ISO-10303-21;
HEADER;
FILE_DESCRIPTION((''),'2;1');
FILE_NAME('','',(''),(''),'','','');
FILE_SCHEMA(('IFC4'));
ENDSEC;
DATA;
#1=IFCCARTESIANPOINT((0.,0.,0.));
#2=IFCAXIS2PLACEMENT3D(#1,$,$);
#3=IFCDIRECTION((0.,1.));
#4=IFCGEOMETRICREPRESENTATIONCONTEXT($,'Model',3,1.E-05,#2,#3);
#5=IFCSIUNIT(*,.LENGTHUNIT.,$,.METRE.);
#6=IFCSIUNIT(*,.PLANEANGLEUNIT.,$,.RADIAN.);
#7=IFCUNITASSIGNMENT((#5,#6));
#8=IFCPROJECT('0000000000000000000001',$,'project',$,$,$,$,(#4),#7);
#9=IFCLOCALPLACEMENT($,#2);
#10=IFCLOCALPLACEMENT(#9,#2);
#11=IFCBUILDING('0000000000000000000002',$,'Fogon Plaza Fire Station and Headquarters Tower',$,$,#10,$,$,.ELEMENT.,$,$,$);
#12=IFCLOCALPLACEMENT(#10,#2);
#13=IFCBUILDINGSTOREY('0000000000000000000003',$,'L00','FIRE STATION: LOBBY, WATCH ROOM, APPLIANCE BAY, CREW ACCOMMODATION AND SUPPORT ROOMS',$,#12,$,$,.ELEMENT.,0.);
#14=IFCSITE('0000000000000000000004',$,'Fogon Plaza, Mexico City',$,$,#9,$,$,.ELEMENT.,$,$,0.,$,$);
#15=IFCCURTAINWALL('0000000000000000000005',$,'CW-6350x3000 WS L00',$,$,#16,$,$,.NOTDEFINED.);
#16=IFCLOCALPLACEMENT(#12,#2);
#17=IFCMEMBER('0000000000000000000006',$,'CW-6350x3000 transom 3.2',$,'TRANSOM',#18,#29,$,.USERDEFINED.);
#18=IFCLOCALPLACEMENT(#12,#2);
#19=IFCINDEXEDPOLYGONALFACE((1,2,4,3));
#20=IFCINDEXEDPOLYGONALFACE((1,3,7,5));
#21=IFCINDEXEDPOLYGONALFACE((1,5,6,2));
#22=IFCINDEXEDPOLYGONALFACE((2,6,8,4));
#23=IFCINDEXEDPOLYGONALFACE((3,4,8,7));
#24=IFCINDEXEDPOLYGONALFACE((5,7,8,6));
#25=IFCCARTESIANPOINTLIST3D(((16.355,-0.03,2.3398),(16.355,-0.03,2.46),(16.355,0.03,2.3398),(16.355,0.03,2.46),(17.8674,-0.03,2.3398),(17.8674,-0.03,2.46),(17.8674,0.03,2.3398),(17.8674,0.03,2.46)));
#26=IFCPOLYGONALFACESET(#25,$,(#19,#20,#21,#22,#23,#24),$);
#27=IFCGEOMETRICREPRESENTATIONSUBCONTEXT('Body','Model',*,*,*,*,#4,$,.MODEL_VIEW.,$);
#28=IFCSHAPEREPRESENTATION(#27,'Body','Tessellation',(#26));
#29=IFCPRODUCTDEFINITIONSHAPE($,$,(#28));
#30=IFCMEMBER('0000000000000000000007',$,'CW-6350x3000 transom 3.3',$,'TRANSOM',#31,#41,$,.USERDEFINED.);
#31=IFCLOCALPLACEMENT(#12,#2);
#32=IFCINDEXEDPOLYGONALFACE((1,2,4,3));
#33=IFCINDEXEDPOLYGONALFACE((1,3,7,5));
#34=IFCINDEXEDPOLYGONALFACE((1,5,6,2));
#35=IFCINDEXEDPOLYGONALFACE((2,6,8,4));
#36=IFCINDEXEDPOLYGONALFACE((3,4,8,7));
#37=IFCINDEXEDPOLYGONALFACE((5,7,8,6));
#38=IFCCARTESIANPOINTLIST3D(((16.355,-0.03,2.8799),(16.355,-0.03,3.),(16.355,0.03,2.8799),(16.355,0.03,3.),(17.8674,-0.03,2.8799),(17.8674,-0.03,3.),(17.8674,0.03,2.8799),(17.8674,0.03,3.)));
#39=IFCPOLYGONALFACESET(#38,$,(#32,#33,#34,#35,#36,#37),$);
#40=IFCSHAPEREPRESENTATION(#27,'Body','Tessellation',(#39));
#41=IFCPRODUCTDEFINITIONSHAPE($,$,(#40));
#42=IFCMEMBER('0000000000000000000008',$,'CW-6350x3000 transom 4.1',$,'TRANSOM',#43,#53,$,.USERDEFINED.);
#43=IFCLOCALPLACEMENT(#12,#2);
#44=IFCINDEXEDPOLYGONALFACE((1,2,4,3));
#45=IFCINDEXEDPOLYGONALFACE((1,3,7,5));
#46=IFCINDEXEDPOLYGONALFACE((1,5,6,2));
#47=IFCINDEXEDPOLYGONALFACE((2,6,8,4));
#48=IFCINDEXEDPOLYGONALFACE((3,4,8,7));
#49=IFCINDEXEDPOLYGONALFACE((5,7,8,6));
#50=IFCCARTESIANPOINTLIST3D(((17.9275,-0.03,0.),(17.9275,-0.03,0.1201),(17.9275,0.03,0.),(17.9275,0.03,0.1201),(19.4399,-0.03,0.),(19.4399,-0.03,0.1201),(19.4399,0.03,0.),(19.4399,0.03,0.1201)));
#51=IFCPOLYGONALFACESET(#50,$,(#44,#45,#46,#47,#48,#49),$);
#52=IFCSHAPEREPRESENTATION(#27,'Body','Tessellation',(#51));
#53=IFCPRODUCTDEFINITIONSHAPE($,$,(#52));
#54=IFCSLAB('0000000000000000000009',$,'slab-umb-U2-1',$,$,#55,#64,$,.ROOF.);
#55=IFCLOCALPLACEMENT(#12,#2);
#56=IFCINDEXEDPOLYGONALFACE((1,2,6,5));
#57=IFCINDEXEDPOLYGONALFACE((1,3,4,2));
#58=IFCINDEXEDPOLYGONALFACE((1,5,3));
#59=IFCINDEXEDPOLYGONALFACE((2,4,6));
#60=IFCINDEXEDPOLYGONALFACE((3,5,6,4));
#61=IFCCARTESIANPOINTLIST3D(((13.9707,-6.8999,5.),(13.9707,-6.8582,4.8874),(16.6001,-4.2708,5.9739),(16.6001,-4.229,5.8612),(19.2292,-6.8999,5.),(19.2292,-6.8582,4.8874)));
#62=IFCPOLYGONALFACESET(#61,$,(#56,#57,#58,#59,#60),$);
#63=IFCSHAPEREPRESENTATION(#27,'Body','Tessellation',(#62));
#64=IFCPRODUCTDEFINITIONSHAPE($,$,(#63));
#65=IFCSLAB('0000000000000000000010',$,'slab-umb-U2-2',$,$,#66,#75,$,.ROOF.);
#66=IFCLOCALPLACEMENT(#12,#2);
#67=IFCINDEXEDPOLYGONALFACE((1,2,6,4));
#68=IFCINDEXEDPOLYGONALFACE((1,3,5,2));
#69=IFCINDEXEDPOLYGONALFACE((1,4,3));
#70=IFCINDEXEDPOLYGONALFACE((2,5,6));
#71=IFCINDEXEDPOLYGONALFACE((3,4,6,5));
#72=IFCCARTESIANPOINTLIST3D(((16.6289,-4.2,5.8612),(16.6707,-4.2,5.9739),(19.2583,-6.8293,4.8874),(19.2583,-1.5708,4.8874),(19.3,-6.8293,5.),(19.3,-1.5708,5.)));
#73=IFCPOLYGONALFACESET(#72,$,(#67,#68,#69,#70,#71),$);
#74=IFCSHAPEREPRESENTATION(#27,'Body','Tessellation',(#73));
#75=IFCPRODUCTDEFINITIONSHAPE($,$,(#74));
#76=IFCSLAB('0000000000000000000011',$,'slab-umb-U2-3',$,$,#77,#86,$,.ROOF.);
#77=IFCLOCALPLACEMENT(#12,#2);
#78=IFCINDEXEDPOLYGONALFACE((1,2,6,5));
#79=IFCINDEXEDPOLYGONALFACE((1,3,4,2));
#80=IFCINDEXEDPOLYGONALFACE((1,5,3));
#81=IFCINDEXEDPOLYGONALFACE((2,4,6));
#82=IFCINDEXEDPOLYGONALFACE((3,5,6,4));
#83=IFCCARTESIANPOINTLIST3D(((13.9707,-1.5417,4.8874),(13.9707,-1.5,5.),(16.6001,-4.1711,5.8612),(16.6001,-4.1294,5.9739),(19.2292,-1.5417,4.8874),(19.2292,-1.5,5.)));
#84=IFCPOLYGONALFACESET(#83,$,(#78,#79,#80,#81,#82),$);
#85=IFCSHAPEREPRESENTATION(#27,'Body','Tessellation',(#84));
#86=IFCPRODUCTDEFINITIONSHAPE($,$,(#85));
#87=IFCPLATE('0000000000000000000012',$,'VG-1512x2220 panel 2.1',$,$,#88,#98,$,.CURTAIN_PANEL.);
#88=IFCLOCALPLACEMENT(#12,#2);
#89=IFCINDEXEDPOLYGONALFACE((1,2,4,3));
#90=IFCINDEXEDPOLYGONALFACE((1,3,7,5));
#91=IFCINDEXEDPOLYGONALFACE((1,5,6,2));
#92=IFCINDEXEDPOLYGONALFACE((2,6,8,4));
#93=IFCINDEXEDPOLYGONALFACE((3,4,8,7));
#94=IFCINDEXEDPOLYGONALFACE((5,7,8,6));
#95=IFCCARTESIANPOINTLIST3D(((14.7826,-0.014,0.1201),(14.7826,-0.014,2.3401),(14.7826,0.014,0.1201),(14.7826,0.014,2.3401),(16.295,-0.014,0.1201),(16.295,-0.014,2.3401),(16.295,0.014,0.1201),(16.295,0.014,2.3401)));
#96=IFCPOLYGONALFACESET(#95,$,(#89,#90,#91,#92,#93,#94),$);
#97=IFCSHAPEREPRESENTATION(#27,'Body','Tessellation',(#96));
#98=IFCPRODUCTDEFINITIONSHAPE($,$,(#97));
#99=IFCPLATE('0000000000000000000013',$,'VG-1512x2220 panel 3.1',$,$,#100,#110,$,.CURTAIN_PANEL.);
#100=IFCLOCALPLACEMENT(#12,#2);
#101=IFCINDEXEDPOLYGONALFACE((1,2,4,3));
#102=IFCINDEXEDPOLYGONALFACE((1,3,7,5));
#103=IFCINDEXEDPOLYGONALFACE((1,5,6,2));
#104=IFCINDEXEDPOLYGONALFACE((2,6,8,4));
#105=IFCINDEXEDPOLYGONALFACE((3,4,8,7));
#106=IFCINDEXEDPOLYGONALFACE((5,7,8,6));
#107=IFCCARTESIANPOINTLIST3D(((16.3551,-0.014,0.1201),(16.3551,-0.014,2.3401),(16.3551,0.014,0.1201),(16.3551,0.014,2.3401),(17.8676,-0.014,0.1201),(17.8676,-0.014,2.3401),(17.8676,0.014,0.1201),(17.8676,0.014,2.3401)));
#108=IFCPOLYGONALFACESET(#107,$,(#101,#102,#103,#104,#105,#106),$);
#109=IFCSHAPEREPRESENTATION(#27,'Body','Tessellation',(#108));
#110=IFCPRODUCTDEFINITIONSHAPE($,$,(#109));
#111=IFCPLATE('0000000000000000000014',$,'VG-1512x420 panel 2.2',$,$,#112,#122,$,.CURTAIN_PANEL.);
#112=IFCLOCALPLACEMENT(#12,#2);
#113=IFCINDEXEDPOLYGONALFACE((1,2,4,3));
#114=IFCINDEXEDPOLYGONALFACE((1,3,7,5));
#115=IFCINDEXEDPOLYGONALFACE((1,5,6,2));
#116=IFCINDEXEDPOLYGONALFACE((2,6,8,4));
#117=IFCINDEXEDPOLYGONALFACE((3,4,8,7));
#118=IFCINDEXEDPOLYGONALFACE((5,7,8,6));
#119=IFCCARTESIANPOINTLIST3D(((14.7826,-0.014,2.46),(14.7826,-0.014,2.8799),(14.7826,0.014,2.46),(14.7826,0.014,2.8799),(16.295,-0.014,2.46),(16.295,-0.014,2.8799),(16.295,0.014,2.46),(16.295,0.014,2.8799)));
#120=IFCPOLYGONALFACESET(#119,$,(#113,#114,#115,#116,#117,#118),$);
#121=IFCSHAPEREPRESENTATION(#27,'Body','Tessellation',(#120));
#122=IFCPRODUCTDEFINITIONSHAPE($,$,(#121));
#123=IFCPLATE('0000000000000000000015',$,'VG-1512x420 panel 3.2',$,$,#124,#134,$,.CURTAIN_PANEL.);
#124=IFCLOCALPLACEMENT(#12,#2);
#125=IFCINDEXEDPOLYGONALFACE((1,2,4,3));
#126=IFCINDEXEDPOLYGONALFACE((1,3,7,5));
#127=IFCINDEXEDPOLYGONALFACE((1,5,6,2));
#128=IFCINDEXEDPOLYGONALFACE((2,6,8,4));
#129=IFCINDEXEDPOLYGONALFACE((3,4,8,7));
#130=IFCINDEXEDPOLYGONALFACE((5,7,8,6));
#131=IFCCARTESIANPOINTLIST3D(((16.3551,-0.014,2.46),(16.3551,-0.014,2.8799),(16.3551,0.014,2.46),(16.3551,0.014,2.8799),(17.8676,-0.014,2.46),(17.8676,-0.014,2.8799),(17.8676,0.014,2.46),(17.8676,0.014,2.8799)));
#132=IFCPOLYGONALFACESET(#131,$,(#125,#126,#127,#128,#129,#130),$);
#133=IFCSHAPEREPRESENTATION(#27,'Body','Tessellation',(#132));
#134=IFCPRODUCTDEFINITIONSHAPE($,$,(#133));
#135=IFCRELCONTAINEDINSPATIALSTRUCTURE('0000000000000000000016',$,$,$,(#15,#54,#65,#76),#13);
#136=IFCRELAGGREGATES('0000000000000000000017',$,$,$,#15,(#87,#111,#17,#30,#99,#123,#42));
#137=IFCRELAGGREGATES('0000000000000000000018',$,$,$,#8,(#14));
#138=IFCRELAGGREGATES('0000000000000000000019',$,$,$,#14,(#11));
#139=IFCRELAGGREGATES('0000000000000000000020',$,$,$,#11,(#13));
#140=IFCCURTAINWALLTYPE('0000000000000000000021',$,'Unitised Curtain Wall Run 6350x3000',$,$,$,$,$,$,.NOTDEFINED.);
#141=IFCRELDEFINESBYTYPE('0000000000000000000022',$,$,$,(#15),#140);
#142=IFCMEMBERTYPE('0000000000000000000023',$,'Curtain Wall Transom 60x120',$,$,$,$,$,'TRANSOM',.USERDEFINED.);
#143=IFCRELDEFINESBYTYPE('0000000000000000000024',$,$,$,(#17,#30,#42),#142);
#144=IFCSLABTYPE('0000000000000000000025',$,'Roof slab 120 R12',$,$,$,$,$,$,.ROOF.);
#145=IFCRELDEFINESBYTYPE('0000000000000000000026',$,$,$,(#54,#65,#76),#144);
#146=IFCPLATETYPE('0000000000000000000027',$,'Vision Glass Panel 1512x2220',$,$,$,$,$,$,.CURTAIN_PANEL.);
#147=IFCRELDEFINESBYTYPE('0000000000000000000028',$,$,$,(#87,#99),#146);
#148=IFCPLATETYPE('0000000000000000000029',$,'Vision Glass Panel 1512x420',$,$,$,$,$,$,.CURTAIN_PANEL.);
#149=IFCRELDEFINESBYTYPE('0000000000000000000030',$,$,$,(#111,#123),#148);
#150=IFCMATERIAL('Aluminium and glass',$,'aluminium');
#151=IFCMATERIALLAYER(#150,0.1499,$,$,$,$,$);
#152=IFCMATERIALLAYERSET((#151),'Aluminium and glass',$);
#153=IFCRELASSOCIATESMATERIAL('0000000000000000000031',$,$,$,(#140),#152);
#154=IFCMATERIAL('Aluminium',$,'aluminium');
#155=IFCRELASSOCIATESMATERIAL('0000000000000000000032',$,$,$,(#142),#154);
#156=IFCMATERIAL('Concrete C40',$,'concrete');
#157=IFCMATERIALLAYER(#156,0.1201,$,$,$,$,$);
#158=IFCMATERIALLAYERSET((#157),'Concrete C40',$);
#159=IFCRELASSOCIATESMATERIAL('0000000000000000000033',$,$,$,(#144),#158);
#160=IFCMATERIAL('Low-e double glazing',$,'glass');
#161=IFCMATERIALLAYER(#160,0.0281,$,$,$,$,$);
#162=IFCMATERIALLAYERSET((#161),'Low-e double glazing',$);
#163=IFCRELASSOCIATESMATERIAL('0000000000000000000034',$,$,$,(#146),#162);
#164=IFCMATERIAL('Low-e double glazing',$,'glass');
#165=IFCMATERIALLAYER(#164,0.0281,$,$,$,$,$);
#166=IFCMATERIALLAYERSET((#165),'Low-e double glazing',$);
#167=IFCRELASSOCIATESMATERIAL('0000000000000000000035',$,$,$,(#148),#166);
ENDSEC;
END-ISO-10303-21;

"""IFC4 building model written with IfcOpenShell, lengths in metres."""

from ifc_helpers import new_model, si_unit, direction, frame, origin, origin_2d, place, context, subcontext, project, spatial, polyline, rectangle, outline, extrude, material, layer, layer_set, material_profile, profile_set, type_object, element, aggregate, save


model = new_model("IFC4")

# Units and contexts
model_context = context("Model", 3, precision=1e-05, world=origin(), true_north=direction((0.0, 1.0)))
body_context = subcontext(model_context, "Body", "Model", "MODEL_VIEW")
ifc_project = project(units=[si_unit("LENGTHUNIT", "METRE"), si_unit("PLANEANGLEUNIT", "RADIAN")], contexts=[model_context])

# Site, building, storey
site_placement = place(None, origin())
site = spatial("IfcSite", under=ifc_project, at=site_placement, Name="Fogon Plaza, Mexico City", CompositionType="ELEMENT", RefElevation=0.0)
building_placement = place(site_placement, origin())
building = spatial("IfcBuilding", under=site, at=building_placement, Name="Fogon Plaza Fire Station and Headquarters Tower", CompositionType="ELEMENT")
storey_placement = place(building_placement, origin())
storey = spatial("IfcBuildingStorey", under=building, at=storey_placement, Name="L00", Description="FIRE STATION: LOBBY, WATCH ROOM, APPLIANCE BAY, CREW ACCOMMODATION AND SUPPORT ROOMS", CompositionType="ELEMENT", Elevation=0.0)

# Curtain wall, members
ifc_material_1 = material(Name="Aluminium and glass", Category="aluminium")
ifc_layer_1 = layer(ifc_material_1, 0.1499)
ifc_layer_set_1 = layer_set([ifc_layer_1], Name="Aluminium and glass")
curtain_wall_type = type_object("IfcCurtainWallType", Name="Unitised Curtain Wall Run 6350x3000", PredefinedType="NOTDEFINED", material=ifc_layer_set_1)
curtain_wall_placement = place(storey_placement, origin())
curtain_wall = element("IfcCurtainWall", 1, at=curtain_wall_placement, inside=storey, type_object=curtain_wall_type, Name="CW-6350x3000 WS L00", PredefinedType="NOTDEFINED")
ifc_material_2 = material(Name="Aluminium", Category="aluminium")
ifc_material_profile_1 = material_profile(ifc_material_2, rectangle(XDim=0.0601, YDim=0.1201, at=origin_2d()), Name="Curtain Wall Transom 60x120")
ifc_profile_set_1 = profile_set([ifc_material_profile_1], Name="Aluminium")
member_type_1 = type_object("IfcMemberType", Name="Curtain Wall Transom 60x120", ElementType="TRANSOM", PredefinedType="USERDEFINED", material=ifc_profile_set_1)
member_1_placement = place(storey_placement, frame((16.355, 0.0, 2.3999), z_axis=(1.0, 0.0, 0.0), x_axis=(0.0, 1.0, 0.0)))
member_1 = element("IfcMember", 2, at=member_1_placement, type_object=member_type_1, Name="CW-6350x3000 transom 3.2", ObjectType="TRANSOM", PredefinedType="USERDEFINED", context=body_context, shape_type="SweptSolid", body=[
    extrude(rectangle(XDim=0.0601, YDim=0.1201, at=origin_2d()), origin(), (0.0, 0.0, 1.0), 1.5125),
])
member_2_placement = place(storey_placement, frame((16.355, 0.0, 2.9399), z_axis=(1.0, 0.0, 0.0), x_axis=(0.0, 1.0, 0.0)))
member_2 = element("IfcMember", 3, at=member_2_placement, type_object=member_type_1, Name="CW-6350x3000 transom 3.3", ObjectType="TRANSOM", PredefinedType="USERDEFINED", context=body_context, shape_type="SweptSolid", body=[
    extrude(rectangle(XDim=0.0601, YDim=0.1201, at=origin_2d()), origin(), (0.0, 0.0, 1.0), 1.5125),
])
member_3_placement = place(storey_placement, frame((17.9275, 0.0, 0.0601), z_axis=(1.0, 0.0, 0.0), x_axis=(0.0, 1.0, 0.0)))
member_3 = element("IfcMember", 4, at=member_3_placement, type_object=member_type_1, Name="CW-6350x3000 transom 4.1", ObjectType="TRANSOM", PredefinedType="USERDEFINED", context=body_context, shape_type="SweptSolid", body=[
    extrude(rectangle(XDim=0.0601, YDim=0.1201, at=origin_2d()), origin(), (0.0, 0.0, 1.0), 1.5125),
])

# Slabs
ifc_material_3 = material(Name="Concrete C40", Category="concrete")
ifc_layer_2 = layer(ifc_material_3, 0.1201)
ifc_layer_set_2 = layer_set([ifc_layer_2], Name="Concrete C40")
slab_type = type_object("IfcSlabType", Name="Roof slab 120 R12", PredefinedType="ROOF", material=ifc_layer_set_2)
slab_1_placement = place(storey_placement, frame((13.9707, -6.8999, 5.0), z_axis=(0.0, -0.347351, 0.937735), x_axis=(0.684066, 0.684003, 0.253365)))
element("IfcSlab", 5, at=slab_1_placement, inside=storey, type_object=slab_type, Name="slab-umb-U2-1", PredefinedType="ROOF", context=body_context, shape_type="SweptSolid", body=[
    extrude(outline(polyline([(0.0, 0.0), (3.8438, 0.0), (3.5972, -3.8357), (0.0, 0.0)])), origin(), (0.0, 0.0, -1.0), 0.1201),
])
slab_2_placement = place(storey_placement, frame((19.3, -6.8293, 5.0), z_axis=(0.347323, 0.0, 0.937746), x_axis=(-0.684036, 0.684036, 0.253354)))
element("IfcSlab", 6, at=slab_2_placement, inside=storey, type_object=slab_type, Name="slab-umb-U2-2", PredefinedType="ROOF", context=body_context, shape_type="SweptSolid", body=[
    extrude(outline(polyline([(0.0, 0.0), (3.8439, 0.0), (3.597, -3.8358), (0.0, 0.0)])), origin(), (0.0, 0.0, -1.0), 0.1201),
])
slab_3_placement = place(storey_placement, frame((19.2292, -1.5, 5.0), z_axis=(0.0, 0.347323, 0.937746), x_axis=(-0.684003, -0.684066, 0.253365)))
element("IfcSlab", 7, at=slab_3_placement, inside=storey, type_object=slab_type, Name="slab-umb-U2-3", PredefinedType="ROOF", context=body_context, shape_type="SweptSolid", body=[
    extrude(outline(polyline([(0.0, 0.0), (3.8438, 0.0), (3.5969, -3.836), (0.0, 0.0)])), origin(), (0.0, 0.0, -1.0), 0.1201),
])

# Plates
ifc_material_4 = material(Name="Low-e double glazing", Category="glass")
ifc_layer_3 = layer(ifc_material_4, 0.0281)
ifc_layer_set_3 = layer_set([ifc_layer_3], Name="Low-e double glazing")
plate_type_1 = type_object("IfcPlateType", Name="Vision Glass Panel 1512x2220", PredefinedType="CURTAIN_PANEL", material=ifc_layer_set_3)
plate_1_placement = place(storey_placement, frame((15.5388, 0.0, 0.1201), z_axis=(0.0, 0.0, 1.0), x_axis=(1.0, 0.0, 0.0)))
plate_1 = element("IfcPlate", 8, at=plate_1_placement, type_object=plate_type_1, Name="VG-1512x2220 panel 2.1", PredefinedType="CURTAIN_PANEL", context=body_context, shape_type="SweptSolid", body=[
    extrude(rectangle(XDim=1.5125, YDim=0.0281, at=origin_2d()), origin(), (0.0, 0.0, 1.0), 2.22),
])
plate_2_placement = place(storey_placement, frame((17.1113, 0.0, 0.1201), z_axis=(0.0, 0.0, 1.0), x_axis=(1.0, 0.0, 0.0)))
plate_2 = element("IfcPlate", 9, at=plate_2_placement, type_object=plate_type_1, Name="VG-1512x2220 panel 3.1", PredefinedType="CURTAIN_PANEL", context=body_context, shape_type="SweptSolid", body=[
    extrude(rectangle(XDim=1.5125, YDim=0.0281, at=origin_2d()), origin(), (0.0, 0.0, 1.0), 2.22),
])
ifc_material_5 = material(Name="Low-e double glazing", Category="glass")
ifc_layer_4 = layer(ifc_material_5, 0.0281)
ifc_layer_set_4 = layer_set([ifc_layer_4], Name="Low-e double glazing")
plate_type_2 = type_object("IfcPlateType", Name="Vision Glass Panel 1512x420", PredefinedType="CURTAIN_PANEL", material=ifc_layer_set_4)
plate_3_placement = place(storey_placement, frame((15.5388, 0.0, 2.46), z_axis=(0.0, 0.0, 1.0), x_axis=(1.0, 0.0, 0.0)))
plate_3 = element("IfcPlate", 10, at=plate_3_placement, type_object=plate_type_2, Name="VG-1512x420 panel 2.2", PredefinedType="CURTAIN_PANEL", context=body_context, shape_type="SweptSolid", body=[
    extrude(rectangle(XDim=1.5125, YDim=0.0281, at=origin_2d()), origin(), (0.0, 0.0, 1.0), 0.4199),
])
plate_4_placement = place(storey_placement, frame((17.1113, 0.0, 2.46), z_axis=(0.0, 0.0, 1.0), x_axis=(1.0, 0.0, 0.0)))
plate_4 = element("IfcPlate", 11, at=plate_4_placement, type_object=plate_type_2, Name="VG-1512x420 panel 3.2", PredefinedType="CURTAIN_PANEL", context=body_context, shape_type="SweptSolid", body=[
    extrude(rectangle(XDim=1.5125, YDim=0.0281, at=origin_2d()), origin(), (0.0, 0.0, 1.0), 0.4199),
])
aggregate(curtain_wall, [plate_1, plate_3, member_1, member_2, plate_2, plate_4, member_3])

save(model, "model.ifc")
